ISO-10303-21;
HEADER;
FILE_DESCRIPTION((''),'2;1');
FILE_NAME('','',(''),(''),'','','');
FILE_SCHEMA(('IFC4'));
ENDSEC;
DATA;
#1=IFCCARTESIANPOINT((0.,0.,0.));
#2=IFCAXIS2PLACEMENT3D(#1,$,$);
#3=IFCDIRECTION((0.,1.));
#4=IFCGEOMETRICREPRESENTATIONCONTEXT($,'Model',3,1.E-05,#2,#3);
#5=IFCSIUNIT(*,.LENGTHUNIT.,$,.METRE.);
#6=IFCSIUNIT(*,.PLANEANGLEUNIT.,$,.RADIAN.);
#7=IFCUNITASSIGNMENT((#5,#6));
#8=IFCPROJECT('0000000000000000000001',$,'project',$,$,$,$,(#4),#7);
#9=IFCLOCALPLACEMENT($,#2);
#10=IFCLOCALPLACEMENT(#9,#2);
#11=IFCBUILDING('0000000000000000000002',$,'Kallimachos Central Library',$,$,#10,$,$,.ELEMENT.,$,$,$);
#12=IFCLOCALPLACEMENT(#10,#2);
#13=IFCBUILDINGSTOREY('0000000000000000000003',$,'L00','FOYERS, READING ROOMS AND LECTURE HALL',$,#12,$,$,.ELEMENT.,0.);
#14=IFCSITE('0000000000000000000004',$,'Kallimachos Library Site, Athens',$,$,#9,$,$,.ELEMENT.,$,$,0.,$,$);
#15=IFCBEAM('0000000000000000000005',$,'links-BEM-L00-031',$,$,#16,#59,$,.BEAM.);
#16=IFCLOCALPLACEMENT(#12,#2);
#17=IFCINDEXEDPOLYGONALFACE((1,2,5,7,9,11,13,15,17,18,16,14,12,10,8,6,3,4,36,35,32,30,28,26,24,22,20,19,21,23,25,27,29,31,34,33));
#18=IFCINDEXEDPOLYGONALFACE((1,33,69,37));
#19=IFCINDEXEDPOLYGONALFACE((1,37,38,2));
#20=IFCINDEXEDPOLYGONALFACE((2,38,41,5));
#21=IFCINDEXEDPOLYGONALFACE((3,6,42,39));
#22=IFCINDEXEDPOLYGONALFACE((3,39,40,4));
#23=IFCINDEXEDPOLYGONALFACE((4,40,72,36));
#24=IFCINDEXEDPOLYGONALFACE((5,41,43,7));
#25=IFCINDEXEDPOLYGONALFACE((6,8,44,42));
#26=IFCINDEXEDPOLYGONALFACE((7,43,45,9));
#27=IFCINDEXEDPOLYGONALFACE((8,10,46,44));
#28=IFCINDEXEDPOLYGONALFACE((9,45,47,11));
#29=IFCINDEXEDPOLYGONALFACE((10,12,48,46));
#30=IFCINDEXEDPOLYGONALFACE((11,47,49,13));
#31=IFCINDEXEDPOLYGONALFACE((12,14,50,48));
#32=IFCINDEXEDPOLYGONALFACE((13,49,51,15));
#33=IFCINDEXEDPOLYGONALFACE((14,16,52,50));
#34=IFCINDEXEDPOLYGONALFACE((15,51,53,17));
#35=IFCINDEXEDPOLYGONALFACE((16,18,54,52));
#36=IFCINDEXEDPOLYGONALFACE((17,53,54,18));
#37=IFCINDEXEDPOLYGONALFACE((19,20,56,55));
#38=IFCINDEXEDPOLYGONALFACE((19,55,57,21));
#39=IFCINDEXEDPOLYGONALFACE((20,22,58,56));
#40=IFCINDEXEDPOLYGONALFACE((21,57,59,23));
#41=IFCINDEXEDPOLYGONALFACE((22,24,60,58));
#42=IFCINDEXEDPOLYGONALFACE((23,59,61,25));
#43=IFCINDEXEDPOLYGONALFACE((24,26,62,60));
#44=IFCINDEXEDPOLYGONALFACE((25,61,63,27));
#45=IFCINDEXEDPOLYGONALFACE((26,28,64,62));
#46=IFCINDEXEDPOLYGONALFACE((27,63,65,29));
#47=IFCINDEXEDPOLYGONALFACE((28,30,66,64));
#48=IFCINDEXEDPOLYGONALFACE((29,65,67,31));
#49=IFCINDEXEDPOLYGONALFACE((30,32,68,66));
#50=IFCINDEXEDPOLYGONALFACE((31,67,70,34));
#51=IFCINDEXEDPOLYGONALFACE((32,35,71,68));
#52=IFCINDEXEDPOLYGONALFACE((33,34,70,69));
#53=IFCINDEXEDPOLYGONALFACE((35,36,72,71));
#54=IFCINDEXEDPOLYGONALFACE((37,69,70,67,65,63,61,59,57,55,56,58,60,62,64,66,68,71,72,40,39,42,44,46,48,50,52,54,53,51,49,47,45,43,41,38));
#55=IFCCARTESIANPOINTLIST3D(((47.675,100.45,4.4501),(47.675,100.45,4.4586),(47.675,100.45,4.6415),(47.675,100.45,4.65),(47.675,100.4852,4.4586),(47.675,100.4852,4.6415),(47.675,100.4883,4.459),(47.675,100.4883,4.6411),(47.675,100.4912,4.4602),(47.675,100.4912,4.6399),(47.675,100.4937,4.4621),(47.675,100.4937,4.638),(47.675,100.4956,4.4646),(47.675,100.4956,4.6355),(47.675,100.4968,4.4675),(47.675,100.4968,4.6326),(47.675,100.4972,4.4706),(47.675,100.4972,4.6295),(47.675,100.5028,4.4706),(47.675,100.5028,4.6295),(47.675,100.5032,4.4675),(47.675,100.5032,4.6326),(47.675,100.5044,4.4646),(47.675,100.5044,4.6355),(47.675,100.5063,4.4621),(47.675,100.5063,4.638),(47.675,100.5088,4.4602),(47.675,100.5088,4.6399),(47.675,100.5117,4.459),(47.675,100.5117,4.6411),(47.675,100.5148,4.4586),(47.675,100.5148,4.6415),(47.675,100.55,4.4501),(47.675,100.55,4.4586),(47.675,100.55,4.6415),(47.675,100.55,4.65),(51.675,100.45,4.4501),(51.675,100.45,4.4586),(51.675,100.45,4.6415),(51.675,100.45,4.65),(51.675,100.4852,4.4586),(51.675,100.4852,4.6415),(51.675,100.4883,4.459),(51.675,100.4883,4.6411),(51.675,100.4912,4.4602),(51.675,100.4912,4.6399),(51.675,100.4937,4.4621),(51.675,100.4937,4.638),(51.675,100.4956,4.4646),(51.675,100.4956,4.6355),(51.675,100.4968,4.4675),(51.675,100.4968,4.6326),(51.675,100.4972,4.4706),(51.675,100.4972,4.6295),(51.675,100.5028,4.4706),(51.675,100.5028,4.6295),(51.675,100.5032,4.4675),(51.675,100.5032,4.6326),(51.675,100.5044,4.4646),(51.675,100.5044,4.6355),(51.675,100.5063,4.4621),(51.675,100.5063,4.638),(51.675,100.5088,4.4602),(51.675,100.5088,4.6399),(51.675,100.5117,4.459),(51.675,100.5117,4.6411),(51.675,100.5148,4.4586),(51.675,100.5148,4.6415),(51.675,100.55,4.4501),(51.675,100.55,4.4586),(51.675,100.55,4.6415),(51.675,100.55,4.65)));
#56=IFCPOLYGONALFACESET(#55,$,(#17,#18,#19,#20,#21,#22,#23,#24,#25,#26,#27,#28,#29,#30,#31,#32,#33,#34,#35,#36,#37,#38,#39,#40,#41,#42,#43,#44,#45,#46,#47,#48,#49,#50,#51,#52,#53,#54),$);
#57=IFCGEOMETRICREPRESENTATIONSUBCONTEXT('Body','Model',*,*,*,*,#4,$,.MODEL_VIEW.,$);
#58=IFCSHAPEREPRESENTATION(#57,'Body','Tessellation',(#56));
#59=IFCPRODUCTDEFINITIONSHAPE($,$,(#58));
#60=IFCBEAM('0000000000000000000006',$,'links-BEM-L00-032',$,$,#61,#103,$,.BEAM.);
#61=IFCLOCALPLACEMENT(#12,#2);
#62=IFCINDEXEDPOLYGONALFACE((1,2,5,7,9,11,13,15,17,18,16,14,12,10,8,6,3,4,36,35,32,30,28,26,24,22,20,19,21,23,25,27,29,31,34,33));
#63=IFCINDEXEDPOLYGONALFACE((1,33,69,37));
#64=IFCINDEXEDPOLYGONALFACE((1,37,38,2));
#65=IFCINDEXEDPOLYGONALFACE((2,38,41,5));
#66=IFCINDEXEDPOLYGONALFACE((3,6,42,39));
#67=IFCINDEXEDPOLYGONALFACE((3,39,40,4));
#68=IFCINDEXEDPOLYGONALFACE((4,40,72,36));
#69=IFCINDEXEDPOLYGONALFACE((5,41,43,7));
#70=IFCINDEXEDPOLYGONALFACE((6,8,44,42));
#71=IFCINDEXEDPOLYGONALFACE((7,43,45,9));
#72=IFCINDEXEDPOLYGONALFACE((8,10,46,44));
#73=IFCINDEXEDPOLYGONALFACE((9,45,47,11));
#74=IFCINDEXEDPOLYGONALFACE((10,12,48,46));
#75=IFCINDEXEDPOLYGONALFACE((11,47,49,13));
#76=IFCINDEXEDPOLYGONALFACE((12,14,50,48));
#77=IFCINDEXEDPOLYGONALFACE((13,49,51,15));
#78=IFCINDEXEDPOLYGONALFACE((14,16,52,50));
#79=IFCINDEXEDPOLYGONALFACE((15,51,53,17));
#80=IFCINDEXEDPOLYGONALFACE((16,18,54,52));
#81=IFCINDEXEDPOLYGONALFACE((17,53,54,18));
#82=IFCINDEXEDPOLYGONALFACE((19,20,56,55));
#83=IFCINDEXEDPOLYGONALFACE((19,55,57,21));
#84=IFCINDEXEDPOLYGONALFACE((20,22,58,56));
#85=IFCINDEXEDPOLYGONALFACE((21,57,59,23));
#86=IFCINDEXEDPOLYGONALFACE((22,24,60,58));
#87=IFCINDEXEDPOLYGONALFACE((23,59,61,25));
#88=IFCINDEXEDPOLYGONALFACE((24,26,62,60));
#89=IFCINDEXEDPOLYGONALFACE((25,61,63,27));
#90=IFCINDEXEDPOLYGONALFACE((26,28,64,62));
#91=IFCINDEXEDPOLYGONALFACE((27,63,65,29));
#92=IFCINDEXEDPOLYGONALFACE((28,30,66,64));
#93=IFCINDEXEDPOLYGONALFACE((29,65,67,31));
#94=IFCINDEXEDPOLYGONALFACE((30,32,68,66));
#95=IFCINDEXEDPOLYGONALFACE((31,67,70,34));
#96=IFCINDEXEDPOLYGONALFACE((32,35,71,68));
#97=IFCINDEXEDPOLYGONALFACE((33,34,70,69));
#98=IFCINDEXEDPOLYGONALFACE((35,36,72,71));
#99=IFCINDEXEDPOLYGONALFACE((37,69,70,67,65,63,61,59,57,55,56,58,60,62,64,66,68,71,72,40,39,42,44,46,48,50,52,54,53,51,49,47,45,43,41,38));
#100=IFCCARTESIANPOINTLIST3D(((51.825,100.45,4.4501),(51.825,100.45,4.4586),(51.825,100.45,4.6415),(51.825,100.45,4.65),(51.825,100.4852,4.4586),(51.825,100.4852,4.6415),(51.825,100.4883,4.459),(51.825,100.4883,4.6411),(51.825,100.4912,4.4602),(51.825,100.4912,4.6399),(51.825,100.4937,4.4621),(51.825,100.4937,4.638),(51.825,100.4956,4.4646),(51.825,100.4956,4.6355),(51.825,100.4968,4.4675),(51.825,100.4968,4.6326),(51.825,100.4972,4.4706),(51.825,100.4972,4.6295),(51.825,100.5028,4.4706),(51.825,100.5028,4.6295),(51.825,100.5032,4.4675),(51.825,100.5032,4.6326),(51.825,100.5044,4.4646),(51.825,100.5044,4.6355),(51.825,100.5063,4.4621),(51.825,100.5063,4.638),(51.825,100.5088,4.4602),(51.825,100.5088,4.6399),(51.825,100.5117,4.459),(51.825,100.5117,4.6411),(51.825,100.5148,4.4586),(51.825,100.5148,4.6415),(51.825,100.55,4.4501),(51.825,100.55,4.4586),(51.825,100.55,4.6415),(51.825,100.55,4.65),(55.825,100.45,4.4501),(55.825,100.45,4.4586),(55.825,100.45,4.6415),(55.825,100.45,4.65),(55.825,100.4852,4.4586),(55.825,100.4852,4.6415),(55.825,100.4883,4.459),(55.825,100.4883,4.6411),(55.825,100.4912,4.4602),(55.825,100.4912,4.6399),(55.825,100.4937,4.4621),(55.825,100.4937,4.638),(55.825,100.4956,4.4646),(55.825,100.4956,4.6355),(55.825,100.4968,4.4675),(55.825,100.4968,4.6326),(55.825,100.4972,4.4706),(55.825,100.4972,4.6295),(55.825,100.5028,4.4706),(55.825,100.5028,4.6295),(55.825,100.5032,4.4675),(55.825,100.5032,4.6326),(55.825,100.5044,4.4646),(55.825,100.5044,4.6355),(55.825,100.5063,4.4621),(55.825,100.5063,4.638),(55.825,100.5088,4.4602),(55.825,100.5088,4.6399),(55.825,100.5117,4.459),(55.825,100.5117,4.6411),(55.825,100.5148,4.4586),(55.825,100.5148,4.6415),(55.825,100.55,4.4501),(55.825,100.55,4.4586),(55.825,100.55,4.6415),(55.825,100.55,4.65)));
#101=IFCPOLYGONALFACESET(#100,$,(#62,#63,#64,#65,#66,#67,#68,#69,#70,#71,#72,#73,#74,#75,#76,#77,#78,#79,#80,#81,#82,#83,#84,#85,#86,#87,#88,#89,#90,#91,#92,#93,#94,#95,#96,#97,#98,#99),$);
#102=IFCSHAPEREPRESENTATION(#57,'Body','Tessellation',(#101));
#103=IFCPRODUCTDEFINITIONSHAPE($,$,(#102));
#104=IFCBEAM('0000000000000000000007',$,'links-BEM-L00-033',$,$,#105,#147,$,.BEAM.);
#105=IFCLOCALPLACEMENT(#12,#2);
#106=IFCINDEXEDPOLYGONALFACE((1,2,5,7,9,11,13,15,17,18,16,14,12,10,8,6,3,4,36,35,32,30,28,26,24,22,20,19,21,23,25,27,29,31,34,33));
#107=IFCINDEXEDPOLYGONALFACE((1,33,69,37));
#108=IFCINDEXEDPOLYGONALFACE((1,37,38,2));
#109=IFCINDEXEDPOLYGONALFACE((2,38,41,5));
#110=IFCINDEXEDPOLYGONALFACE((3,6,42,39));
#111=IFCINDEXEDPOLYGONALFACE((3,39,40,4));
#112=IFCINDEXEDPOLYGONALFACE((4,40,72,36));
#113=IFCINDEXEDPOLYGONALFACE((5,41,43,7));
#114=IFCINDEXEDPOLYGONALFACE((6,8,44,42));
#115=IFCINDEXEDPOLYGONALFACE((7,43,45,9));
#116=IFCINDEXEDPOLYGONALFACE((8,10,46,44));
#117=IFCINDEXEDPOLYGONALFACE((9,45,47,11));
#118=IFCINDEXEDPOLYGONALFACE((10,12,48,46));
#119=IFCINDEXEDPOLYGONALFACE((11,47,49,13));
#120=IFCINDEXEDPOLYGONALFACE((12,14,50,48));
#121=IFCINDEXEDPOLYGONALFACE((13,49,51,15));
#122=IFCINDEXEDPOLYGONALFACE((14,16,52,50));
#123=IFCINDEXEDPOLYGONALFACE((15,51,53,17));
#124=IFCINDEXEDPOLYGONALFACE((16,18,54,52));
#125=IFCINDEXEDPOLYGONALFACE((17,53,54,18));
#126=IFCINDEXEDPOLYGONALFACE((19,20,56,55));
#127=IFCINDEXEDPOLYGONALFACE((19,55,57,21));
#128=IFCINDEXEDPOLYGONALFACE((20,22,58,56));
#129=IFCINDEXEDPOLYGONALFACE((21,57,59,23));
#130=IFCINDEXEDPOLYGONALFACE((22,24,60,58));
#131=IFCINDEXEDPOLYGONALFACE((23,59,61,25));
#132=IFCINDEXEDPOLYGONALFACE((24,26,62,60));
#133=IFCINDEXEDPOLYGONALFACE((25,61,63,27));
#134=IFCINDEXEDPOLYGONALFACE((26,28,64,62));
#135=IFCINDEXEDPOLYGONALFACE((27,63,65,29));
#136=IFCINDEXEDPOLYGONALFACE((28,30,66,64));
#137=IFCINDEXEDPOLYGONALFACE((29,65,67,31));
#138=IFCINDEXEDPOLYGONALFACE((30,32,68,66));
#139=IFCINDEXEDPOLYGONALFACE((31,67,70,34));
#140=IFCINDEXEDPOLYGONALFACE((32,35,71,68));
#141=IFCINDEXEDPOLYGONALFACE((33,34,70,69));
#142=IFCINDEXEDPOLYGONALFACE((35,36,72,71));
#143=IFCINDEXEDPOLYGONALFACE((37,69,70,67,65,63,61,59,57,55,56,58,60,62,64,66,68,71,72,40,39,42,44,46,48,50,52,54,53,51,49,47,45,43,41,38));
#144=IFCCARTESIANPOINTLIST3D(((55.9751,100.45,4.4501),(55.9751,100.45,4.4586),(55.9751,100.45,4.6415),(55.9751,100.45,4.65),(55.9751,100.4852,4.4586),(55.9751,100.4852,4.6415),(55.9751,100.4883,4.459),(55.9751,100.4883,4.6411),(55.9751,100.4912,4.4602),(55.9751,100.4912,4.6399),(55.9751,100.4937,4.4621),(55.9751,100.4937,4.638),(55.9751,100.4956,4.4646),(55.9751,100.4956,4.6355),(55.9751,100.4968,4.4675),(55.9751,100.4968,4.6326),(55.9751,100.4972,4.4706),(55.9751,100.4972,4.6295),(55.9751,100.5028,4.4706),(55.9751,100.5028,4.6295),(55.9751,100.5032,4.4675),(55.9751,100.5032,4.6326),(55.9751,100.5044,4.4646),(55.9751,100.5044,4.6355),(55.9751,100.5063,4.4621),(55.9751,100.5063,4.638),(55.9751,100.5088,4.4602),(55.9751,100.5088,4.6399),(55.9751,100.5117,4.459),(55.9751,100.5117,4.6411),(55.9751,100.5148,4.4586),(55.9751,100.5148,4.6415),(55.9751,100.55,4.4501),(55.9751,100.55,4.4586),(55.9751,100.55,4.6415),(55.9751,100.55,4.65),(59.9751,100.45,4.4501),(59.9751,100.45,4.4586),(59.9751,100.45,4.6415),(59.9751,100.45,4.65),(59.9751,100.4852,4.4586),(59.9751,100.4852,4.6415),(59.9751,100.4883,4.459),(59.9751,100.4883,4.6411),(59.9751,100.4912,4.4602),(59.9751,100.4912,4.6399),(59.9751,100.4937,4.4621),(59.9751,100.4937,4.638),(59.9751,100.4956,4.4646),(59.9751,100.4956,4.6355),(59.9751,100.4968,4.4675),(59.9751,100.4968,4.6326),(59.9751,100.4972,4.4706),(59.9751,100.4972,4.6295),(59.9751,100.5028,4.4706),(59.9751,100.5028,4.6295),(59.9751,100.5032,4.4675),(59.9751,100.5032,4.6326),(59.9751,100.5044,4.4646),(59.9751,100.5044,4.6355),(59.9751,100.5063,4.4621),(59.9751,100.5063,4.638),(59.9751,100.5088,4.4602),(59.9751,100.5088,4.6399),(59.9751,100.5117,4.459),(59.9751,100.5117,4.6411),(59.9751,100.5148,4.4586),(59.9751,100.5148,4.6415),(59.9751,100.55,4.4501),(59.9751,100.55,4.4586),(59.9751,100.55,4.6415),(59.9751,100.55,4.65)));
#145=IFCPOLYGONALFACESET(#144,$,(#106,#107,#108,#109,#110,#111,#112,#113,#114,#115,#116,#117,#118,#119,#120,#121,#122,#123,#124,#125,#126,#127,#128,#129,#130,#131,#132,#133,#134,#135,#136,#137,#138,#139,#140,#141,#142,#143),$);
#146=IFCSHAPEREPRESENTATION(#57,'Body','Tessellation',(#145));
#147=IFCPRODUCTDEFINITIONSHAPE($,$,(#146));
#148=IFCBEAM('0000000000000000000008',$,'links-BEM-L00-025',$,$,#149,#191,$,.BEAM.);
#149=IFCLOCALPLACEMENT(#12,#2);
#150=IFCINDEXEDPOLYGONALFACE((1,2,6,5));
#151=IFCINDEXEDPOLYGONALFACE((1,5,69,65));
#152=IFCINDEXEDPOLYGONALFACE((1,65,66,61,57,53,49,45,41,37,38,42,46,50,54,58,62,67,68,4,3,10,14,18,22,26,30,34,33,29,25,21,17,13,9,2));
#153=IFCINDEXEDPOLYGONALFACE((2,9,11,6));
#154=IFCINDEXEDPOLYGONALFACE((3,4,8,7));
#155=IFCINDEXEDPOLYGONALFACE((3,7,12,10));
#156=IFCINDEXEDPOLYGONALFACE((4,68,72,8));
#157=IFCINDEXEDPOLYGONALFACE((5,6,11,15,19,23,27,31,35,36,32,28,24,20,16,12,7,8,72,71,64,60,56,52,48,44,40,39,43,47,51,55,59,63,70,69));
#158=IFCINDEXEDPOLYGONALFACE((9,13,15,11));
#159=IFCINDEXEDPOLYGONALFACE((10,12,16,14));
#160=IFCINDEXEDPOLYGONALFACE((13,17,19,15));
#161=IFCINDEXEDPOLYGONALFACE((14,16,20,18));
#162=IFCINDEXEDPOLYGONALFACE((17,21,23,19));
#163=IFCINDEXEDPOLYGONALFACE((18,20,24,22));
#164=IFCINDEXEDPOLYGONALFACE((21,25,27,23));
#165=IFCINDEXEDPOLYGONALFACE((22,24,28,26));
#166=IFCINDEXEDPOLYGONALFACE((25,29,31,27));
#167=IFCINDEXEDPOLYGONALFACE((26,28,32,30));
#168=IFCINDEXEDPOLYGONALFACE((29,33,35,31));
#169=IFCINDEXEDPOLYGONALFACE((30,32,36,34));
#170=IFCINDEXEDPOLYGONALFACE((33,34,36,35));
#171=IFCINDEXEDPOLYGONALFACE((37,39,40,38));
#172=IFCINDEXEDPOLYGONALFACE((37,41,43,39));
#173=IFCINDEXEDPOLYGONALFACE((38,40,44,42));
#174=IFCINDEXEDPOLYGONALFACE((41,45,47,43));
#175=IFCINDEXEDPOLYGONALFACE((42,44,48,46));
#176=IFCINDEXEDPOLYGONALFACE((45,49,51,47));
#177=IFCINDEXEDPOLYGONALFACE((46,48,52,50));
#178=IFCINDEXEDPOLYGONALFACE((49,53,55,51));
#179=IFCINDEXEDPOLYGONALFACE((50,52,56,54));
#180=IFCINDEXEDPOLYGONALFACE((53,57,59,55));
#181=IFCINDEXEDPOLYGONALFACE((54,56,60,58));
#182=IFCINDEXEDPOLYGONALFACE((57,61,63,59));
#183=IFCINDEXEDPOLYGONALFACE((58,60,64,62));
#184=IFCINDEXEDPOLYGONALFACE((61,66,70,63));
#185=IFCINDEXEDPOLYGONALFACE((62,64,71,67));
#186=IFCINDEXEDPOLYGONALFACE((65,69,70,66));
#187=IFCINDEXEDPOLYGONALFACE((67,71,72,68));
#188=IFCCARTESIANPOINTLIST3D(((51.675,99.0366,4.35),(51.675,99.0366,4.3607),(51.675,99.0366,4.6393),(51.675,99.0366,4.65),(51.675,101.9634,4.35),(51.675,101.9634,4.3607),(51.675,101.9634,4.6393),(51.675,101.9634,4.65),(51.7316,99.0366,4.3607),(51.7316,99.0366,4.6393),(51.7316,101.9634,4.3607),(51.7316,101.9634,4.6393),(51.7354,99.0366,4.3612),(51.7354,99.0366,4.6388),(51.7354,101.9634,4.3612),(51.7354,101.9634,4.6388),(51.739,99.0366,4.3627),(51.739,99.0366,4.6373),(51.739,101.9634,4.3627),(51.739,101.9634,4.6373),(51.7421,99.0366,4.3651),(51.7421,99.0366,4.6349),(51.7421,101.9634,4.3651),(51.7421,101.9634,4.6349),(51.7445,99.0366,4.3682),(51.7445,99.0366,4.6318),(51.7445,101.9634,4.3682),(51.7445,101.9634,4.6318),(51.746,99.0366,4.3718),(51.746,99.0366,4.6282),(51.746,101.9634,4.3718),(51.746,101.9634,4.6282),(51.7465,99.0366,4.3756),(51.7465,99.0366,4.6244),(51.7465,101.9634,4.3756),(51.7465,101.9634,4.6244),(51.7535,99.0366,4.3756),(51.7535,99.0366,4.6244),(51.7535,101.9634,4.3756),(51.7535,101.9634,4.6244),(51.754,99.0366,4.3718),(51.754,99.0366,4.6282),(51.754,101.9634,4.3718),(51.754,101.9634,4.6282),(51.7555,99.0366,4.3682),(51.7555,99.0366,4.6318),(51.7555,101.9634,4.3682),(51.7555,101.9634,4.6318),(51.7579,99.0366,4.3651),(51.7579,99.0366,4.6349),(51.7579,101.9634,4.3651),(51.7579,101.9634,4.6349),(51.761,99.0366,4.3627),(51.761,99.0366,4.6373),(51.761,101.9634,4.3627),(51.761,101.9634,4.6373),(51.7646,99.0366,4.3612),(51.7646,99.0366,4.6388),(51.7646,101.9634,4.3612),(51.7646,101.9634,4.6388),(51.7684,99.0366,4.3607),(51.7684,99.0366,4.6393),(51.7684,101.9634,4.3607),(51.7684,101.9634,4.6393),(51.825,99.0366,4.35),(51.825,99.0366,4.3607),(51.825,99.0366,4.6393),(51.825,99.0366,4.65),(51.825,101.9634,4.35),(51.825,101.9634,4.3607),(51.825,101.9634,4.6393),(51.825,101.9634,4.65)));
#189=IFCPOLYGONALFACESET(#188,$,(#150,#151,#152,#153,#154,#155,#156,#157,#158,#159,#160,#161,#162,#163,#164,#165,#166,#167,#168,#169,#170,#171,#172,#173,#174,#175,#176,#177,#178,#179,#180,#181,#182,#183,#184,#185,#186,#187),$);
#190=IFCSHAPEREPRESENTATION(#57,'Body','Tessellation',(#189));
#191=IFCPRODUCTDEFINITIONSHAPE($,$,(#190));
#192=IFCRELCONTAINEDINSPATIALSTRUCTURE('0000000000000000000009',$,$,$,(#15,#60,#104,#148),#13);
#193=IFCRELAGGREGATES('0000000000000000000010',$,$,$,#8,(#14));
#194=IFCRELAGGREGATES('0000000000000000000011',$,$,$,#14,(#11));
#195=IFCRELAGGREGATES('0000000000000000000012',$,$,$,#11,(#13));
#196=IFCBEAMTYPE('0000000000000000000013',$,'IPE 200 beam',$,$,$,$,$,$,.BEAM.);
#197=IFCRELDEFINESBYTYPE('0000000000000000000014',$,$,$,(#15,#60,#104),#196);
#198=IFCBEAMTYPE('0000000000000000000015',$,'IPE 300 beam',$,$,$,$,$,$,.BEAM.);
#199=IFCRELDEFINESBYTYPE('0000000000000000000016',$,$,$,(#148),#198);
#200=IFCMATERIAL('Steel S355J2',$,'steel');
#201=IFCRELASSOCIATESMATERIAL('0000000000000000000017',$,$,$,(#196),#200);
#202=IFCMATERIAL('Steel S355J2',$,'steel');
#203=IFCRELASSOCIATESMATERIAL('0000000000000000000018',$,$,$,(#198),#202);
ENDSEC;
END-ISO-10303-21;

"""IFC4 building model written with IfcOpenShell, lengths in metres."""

from ifc_helpers import new_model, si_unit, direction, frame, origin, origin_2d, place, context, subcontext, project, spatial, i_section, extrude, material, material_profile, profile_set, type_object, element, save


model = new_model("IFC4")

# Units and contexts
model_context = context("Model", 3, precision=1e-05, world=origin(), true_north=direction((0.0, 1.0)))
body_context = subcontext(model_context, "Body", "Model", "MODEL_VIEW")
ifc_project = project(units=[si_unit("LENGTHUNIT", "METRE"), si_unit("PLANEANGLEUNIT", "RADIAN")], contexts=[model_context])

# Site, building, storey
site_placement = place(None, origin())
site = spatial("IfcSite", under=ifc_project, at=site_placement, Name="Kallimachos Library Site, Athens", CompositionType="ELEMENT", RefElevation=0.0)
building_placement = place(site_placement, origin())
building = spatial("IfcBuilding", under=site, at=building_placement, Name="Kallimachos Central Library", CompositionType="ELEMENT")
storey_placement = place(building_placement, origin())
storey = spatial("IfcBuildingStorey", under=building, at=storey_placement, Name="L00", Description="FOYERS, READING ROOMS AND LECTURE HALL", CompositionType="ELEMENT", Elevation=0.0)

# Beams
ifc_material_1 = material(Name="Steel S355J2", Category="steel")
ifc_material_profile_1 = material_profile(ifc_material_1, i_section(OverallWidth=0.1001, OverallDepth=0.2, WebThickness=0.0056, FlangeThickness=0.0085, FilletRadius=0.012, at=origin_2d()), Name="IPE 200")
ifc_profile_set_1 = profile_set([ifc_material_profile_1], Name="Steel S355J2")
beam_type_1 = type_object("IfcBeamType", Name="IPE 200 beam", PredefinedType="BEAM", material=ifc_profile_set_1)
for number, where, z_axis, x_axis, name in (
    (1, (47.675, 100.5, 4.55), (1.0, 0.0, 0.0), (0.0, 1.0, 0.0), "links-BEM-L00-031"),
    (2, (51.825, 100.5, 4.55), (1.0, 0.0, 0.0), (0.0, 1.0, 0.0), "links-BEM-L00-032"),
    (3, (55.9751, 100.5, 4.55), (1.0, 0.0, 0.0), (0.0, 1.0, 0.0), "links-BEM-L00-033"),
):
    element("IfcBeam", number, at=place(storey_placement, frame(where, z_axis=z_axis, x_axis=x_axis)), inside=storey, type_object=beam_type_1, Name=name, PredefinedType="BEAM", context=body_context, shape_type="SweptSolid", body=[
        extrude(i_section(OverallWidth=0.1001, OverallDepth=0.2, WebThickness=0.0056, FlangeThickness=0.0085, FilletRadius=0.012, at=origin_2d()), origin(), (0.0, 0.0, 1.0), 4.0),
    ])
ifc_material_2 = material(Name="Steel S355J2", Category="steel")
ifc_material_profile_2 = material_profile(ifc_material_2, i_section(OverallWidth=0.1499, OverallDepth=0.3, WebThickness=0.0071, FlangeThickness=0.0107, FilletRadius=0.0149, at=origin_2d()), Name="IPE 300")
ifc_profile_set_2 = profile_set([ifc_material_profile_2], Name="Steel S355J2")
beam_type_2 = type_object("IfcBeamType", Name="IPE 300 beam", PredefinedType="BEAM", material=ifc_profile_set_2)
for number, where, z_axis, x_axis, name in (
    (4, (51.75, 99.0366, 4.5), (0.0, 1.0, 0.0), (-1.0, 0.0, 0.0), "links-BEM-L00-025"),
):
    element("IfcBeam", number, at=place(storey_placement, frame(where, z_axis=z_axis, x_axis=x_axis)), inside=storey, type_object=beam_type_2, Name=name, PredefinedType="BEAM", context=body_context, shape_type="SweptSolid", body=[
        extrude(i_section(OverallWidth=0.1499, OverallDepth=0.3, WebThickness=0.0071, FlangeThickness=0.0107, FilletRadius=0.0149, at=origin_2d()), origin(), (0.0, 0.0, 1.0), 2.9268),
    ])

save(model, "model.ifc")
